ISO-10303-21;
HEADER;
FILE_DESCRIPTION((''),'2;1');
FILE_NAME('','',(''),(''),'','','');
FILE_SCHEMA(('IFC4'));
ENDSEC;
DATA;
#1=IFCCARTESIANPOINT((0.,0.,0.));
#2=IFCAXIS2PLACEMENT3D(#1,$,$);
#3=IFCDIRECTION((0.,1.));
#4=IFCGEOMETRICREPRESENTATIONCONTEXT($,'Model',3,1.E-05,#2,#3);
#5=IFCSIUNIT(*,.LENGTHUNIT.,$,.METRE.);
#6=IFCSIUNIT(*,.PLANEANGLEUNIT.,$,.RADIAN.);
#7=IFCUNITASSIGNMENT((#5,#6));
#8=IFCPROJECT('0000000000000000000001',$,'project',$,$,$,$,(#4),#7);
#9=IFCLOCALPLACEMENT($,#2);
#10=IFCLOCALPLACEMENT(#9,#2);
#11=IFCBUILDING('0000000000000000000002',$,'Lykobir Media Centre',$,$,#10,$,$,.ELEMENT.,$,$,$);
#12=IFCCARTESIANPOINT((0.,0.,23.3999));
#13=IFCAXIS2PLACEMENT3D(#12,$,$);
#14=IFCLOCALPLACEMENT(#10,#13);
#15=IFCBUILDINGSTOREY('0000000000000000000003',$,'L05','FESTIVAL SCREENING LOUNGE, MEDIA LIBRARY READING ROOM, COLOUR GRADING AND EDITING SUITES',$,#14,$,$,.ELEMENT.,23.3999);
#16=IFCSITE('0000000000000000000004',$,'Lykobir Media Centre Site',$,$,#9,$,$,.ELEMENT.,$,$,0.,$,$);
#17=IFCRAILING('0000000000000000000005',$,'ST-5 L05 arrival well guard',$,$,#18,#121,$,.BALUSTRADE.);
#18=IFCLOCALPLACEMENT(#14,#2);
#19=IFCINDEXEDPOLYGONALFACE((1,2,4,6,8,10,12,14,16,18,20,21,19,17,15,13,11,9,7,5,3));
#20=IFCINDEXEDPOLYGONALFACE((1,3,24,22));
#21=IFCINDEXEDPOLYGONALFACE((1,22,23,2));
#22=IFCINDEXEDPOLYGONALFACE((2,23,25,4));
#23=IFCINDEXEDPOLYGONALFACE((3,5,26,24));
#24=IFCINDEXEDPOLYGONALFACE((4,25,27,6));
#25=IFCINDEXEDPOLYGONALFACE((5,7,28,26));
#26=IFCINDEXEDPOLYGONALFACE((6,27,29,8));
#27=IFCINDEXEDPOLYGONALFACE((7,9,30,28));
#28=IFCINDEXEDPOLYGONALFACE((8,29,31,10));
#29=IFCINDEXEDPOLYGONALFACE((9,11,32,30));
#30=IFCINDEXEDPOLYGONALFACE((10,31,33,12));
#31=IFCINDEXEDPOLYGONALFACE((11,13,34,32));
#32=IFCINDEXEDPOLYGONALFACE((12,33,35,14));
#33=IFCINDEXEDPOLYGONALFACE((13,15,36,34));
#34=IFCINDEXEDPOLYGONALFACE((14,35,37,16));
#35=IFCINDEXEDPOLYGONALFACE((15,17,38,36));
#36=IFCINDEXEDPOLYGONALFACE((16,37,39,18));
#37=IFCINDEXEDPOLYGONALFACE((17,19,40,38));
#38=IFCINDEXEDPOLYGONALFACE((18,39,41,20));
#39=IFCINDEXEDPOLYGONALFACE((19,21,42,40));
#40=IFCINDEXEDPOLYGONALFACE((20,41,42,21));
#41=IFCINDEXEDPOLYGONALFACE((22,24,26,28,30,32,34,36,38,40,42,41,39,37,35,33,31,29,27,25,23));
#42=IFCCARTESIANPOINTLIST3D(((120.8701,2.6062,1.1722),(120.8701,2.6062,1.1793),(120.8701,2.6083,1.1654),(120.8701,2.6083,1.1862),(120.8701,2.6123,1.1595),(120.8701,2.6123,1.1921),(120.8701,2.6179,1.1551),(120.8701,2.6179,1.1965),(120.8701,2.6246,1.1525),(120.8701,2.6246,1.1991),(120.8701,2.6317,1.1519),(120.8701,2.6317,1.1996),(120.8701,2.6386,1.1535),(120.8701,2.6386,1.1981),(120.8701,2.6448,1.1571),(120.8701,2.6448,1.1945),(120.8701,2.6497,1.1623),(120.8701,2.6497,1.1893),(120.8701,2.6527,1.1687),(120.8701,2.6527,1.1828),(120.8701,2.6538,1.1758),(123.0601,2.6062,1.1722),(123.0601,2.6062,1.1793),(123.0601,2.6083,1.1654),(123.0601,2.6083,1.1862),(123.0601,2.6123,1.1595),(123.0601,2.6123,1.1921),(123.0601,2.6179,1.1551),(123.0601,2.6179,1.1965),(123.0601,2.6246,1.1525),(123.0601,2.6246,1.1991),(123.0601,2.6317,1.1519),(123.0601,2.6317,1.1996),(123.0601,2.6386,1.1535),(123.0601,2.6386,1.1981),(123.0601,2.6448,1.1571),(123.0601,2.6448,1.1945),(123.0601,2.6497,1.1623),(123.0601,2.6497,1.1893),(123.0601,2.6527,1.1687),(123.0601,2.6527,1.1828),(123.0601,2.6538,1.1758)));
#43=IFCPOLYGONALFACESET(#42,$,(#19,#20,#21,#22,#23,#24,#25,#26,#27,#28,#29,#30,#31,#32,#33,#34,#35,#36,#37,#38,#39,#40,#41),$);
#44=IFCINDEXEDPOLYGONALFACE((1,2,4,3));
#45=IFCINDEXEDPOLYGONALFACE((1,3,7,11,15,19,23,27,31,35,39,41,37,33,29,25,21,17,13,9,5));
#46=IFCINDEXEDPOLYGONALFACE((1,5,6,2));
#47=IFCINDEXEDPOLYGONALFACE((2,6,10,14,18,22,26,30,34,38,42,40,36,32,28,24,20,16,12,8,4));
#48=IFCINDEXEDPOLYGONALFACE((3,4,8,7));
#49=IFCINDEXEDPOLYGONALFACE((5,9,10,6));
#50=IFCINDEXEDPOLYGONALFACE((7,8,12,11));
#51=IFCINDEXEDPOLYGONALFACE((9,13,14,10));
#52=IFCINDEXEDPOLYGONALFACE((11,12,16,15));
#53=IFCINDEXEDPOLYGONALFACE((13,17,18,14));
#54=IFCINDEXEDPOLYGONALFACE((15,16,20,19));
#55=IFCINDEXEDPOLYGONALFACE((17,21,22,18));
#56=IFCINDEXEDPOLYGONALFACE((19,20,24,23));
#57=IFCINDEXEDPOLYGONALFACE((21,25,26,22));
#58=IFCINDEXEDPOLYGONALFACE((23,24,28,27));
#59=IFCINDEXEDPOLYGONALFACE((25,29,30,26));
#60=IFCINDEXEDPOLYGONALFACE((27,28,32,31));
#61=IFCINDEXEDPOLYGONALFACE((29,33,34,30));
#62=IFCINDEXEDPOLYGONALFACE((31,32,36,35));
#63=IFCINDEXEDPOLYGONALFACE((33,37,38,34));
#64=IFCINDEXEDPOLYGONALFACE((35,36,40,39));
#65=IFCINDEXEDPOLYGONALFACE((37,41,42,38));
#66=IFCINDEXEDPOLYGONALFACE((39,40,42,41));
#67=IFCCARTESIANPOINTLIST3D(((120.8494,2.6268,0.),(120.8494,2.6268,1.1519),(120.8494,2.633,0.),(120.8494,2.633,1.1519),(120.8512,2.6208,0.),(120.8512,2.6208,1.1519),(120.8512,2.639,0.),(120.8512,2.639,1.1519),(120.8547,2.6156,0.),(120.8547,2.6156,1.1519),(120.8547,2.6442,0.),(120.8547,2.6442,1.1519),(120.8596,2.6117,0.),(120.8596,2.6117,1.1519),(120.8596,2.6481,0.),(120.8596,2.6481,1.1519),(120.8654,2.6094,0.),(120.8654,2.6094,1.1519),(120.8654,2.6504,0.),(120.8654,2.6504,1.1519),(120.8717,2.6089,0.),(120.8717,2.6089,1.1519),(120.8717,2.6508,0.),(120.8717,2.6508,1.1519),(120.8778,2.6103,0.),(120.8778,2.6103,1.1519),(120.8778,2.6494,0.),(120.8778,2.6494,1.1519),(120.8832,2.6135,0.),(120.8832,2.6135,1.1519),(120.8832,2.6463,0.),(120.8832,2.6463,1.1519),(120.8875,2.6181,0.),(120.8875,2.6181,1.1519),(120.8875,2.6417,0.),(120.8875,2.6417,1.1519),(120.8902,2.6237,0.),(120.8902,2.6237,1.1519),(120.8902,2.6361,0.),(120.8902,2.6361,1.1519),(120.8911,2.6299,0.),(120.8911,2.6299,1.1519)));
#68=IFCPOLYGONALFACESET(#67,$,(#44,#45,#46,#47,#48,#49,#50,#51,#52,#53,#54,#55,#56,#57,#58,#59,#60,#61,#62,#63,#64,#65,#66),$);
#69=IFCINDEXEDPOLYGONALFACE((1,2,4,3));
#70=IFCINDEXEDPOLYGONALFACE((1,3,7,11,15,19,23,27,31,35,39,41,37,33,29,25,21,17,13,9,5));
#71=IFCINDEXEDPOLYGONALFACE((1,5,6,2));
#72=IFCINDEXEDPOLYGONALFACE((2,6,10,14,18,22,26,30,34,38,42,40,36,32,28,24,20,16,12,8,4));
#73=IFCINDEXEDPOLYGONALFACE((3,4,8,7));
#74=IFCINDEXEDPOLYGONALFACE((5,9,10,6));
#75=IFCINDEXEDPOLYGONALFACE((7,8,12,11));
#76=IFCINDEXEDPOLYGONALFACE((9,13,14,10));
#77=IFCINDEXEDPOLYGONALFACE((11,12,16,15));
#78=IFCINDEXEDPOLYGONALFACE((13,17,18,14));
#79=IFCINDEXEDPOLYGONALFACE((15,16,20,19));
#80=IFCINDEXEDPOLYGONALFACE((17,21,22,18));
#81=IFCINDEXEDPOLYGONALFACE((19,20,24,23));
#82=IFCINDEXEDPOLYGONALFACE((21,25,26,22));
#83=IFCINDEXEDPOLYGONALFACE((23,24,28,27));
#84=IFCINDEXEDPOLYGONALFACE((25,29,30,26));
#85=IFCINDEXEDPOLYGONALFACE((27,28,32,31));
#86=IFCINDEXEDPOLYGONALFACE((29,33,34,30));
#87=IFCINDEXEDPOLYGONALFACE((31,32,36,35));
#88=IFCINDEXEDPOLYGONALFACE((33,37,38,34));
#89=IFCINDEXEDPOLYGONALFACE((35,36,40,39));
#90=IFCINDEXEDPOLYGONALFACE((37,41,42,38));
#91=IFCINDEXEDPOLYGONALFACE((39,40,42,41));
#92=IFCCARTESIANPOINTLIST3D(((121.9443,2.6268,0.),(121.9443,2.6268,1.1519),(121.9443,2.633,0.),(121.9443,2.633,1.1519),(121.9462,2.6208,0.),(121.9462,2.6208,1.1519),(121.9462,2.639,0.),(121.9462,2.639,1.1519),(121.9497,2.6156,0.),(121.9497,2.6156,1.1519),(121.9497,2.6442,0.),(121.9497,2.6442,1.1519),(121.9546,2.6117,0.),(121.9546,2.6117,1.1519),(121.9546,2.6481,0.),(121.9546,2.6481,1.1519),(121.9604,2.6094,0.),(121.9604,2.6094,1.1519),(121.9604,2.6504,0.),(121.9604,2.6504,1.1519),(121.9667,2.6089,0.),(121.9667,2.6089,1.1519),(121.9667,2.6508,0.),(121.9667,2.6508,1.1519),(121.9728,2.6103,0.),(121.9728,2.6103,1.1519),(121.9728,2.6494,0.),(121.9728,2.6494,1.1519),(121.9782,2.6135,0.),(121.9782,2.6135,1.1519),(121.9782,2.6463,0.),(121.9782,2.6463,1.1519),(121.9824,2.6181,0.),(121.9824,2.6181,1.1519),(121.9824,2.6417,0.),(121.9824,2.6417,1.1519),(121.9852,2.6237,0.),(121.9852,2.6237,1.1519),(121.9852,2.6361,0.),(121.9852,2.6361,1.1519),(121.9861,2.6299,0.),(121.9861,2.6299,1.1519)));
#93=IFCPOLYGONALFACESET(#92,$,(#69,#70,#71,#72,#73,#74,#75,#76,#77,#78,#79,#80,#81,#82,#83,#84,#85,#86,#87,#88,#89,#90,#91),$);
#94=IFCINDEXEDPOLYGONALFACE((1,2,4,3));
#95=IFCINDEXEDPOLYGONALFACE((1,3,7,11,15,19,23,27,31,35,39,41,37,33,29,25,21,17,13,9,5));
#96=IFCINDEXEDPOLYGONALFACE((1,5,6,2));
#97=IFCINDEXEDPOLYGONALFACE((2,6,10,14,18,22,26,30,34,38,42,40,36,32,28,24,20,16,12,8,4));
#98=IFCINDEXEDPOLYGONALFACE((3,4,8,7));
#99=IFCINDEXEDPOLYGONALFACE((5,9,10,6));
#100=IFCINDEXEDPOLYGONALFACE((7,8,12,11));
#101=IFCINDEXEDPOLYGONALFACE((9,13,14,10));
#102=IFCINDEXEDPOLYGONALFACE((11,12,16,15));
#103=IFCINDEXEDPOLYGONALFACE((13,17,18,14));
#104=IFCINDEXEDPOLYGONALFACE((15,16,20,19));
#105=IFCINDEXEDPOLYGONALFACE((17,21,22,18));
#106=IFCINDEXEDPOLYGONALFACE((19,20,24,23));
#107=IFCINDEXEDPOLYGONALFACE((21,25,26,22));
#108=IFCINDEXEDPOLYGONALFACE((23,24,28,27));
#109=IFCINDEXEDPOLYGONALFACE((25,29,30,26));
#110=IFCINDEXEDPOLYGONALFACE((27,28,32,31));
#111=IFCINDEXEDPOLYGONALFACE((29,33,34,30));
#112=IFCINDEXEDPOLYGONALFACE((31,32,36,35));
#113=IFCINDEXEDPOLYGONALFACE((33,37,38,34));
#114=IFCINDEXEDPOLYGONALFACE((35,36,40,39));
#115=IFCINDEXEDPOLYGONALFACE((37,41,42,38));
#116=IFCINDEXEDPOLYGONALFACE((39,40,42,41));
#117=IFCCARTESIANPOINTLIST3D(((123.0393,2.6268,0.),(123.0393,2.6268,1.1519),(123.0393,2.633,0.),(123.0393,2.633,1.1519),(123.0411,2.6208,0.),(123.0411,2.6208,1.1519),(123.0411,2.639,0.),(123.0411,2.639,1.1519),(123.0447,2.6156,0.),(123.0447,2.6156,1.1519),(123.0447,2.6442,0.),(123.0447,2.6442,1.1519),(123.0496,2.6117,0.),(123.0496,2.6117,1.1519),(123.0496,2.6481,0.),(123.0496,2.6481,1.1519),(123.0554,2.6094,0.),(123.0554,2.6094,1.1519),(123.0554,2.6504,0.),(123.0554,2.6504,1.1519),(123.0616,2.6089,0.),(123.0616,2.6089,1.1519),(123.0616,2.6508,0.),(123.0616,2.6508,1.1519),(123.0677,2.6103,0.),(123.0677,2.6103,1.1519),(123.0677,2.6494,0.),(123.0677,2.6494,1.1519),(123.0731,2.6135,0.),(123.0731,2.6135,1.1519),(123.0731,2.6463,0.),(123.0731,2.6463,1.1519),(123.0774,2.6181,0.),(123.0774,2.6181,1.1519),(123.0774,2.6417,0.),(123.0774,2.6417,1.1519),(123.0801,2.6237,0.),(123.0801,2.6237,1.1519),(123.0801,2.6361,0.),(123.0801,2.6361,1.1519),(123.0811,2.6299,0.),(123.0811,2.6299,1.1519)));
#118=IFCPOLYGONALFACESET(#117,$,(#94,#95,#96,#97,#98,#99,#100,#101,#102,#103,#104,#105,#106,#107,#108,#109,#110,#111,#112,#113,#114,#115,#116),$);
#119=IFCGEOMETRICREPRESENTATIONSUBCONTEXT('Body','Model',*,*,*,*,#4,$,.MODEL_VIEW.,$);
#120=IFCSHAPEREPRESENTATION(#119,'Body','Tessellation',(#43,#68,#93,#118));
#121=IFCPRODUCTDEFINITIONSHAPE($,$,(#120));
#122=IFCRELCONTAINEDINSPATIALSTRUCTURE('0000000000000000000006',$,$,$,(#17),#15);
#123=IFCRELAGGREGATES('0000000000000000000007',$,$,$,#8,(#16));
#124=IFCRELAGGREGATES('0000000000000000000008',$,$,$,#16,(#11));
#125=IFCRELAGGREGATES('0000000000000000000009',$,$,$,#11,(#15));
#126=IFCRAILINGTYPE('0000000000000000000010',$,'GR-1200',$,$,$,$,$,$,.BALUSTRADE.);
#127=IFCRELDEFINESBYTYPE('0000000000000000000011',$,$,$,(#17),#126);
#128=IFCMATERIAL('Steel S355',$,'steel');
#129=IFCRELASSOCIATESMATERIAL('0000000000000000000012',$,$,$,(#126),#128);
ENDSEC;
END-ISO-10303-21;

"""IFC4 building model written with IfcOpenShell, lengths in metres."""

from ifc_helpers import new_model, si_unit, direction, frame, origin, origin_2d, place, context, subcontext, project, spatial, circle, extrude, material, type_object, element, save


model = new_model("IFC4")

# Units and contexts
model_context = context("Model", 3, precision=1e-05, world=origin(), true_north=direction((0.0, 1.0)))
body_context = subcontext(model_context, "Body", "Model", "MODEL_VIEW")
ifc_project = project(units=[si_unit("LENGTHUNIT", "METRE"), si_unit("PLANEANGLEUNIT", "RADIAN")], contexts=[model_context])

# Site, building, storey
site_placement = place(None, origin())
site = spatial("IfcSite", under=ifc_project, at=site_placement, Name="Lykobir Media Centre Site", CompositionType="ELEMENT", RefElevation=0.0)
building_placement = place(site_placement, origin())
building = spatial("IfcBuilding", under=site, at=building_placement, Name="Lykobir Media Centre", CompositionType="ELEMENT")
storey_placement = place(building_placement, frame((0.0, 0.0, 23.3999)))
storey = spatial("IfcBuildingStorey", under=building, at=storey_placement, Name="L05", Description="FESTIVAL SCREENING LOUNGE, MEDIA LIBRARY READING ROOM, COLOUR GRADING AND EDITING SUITES", CompositionType="ELEMENT", Elevation=23.3999)

# Shared definitions
ifc_material_1 = material(Name="Steel S355", Category="steel")

# Railing
railing_type = type_object("IfcRailingType", Name="GR-1200", PredefinedType="BALUSTRADE", material=ifc_material_1)
railing_placement = place(storey_placement, frame((120.8701, 2.6299, 0.0)))
element("IfcRailing", 1, at=railing_placement, inside=storey, type_object=railing_type, Name="ST-5 L05 arrival well guard", PredefinedType="BALUSTRADE", context=body_context, shape_type="SweptSolid", body=[
    extrude(circle(Radius=0.0239, at=origin_2d()), frame((0.0, 0.0, 1.1758), z_axis=(1.0, 0.0, 0.0), x_axis=(0.0, 1.0, 0.0)), (0.0, 0.0, 1.0), 2.1899),
    extrude(circle(Radius=0.021, at=origin_2d()), origin(), (0.0, 0.0, 1.0), 1.1519),
    extrude(circle(Radius=0.021, at=origin_2d()), frame((1.095, 0.0, 0.0)), (0.0, 0.0, 1.0), 1.1519),
    extrude(circle(Radius=0.021, at=origin_2d()), frame((2.1899, 0.0, 0.0)), (0.0, 0.0, 1.0), 1.1519),
])

save(model, "model.ifc")
